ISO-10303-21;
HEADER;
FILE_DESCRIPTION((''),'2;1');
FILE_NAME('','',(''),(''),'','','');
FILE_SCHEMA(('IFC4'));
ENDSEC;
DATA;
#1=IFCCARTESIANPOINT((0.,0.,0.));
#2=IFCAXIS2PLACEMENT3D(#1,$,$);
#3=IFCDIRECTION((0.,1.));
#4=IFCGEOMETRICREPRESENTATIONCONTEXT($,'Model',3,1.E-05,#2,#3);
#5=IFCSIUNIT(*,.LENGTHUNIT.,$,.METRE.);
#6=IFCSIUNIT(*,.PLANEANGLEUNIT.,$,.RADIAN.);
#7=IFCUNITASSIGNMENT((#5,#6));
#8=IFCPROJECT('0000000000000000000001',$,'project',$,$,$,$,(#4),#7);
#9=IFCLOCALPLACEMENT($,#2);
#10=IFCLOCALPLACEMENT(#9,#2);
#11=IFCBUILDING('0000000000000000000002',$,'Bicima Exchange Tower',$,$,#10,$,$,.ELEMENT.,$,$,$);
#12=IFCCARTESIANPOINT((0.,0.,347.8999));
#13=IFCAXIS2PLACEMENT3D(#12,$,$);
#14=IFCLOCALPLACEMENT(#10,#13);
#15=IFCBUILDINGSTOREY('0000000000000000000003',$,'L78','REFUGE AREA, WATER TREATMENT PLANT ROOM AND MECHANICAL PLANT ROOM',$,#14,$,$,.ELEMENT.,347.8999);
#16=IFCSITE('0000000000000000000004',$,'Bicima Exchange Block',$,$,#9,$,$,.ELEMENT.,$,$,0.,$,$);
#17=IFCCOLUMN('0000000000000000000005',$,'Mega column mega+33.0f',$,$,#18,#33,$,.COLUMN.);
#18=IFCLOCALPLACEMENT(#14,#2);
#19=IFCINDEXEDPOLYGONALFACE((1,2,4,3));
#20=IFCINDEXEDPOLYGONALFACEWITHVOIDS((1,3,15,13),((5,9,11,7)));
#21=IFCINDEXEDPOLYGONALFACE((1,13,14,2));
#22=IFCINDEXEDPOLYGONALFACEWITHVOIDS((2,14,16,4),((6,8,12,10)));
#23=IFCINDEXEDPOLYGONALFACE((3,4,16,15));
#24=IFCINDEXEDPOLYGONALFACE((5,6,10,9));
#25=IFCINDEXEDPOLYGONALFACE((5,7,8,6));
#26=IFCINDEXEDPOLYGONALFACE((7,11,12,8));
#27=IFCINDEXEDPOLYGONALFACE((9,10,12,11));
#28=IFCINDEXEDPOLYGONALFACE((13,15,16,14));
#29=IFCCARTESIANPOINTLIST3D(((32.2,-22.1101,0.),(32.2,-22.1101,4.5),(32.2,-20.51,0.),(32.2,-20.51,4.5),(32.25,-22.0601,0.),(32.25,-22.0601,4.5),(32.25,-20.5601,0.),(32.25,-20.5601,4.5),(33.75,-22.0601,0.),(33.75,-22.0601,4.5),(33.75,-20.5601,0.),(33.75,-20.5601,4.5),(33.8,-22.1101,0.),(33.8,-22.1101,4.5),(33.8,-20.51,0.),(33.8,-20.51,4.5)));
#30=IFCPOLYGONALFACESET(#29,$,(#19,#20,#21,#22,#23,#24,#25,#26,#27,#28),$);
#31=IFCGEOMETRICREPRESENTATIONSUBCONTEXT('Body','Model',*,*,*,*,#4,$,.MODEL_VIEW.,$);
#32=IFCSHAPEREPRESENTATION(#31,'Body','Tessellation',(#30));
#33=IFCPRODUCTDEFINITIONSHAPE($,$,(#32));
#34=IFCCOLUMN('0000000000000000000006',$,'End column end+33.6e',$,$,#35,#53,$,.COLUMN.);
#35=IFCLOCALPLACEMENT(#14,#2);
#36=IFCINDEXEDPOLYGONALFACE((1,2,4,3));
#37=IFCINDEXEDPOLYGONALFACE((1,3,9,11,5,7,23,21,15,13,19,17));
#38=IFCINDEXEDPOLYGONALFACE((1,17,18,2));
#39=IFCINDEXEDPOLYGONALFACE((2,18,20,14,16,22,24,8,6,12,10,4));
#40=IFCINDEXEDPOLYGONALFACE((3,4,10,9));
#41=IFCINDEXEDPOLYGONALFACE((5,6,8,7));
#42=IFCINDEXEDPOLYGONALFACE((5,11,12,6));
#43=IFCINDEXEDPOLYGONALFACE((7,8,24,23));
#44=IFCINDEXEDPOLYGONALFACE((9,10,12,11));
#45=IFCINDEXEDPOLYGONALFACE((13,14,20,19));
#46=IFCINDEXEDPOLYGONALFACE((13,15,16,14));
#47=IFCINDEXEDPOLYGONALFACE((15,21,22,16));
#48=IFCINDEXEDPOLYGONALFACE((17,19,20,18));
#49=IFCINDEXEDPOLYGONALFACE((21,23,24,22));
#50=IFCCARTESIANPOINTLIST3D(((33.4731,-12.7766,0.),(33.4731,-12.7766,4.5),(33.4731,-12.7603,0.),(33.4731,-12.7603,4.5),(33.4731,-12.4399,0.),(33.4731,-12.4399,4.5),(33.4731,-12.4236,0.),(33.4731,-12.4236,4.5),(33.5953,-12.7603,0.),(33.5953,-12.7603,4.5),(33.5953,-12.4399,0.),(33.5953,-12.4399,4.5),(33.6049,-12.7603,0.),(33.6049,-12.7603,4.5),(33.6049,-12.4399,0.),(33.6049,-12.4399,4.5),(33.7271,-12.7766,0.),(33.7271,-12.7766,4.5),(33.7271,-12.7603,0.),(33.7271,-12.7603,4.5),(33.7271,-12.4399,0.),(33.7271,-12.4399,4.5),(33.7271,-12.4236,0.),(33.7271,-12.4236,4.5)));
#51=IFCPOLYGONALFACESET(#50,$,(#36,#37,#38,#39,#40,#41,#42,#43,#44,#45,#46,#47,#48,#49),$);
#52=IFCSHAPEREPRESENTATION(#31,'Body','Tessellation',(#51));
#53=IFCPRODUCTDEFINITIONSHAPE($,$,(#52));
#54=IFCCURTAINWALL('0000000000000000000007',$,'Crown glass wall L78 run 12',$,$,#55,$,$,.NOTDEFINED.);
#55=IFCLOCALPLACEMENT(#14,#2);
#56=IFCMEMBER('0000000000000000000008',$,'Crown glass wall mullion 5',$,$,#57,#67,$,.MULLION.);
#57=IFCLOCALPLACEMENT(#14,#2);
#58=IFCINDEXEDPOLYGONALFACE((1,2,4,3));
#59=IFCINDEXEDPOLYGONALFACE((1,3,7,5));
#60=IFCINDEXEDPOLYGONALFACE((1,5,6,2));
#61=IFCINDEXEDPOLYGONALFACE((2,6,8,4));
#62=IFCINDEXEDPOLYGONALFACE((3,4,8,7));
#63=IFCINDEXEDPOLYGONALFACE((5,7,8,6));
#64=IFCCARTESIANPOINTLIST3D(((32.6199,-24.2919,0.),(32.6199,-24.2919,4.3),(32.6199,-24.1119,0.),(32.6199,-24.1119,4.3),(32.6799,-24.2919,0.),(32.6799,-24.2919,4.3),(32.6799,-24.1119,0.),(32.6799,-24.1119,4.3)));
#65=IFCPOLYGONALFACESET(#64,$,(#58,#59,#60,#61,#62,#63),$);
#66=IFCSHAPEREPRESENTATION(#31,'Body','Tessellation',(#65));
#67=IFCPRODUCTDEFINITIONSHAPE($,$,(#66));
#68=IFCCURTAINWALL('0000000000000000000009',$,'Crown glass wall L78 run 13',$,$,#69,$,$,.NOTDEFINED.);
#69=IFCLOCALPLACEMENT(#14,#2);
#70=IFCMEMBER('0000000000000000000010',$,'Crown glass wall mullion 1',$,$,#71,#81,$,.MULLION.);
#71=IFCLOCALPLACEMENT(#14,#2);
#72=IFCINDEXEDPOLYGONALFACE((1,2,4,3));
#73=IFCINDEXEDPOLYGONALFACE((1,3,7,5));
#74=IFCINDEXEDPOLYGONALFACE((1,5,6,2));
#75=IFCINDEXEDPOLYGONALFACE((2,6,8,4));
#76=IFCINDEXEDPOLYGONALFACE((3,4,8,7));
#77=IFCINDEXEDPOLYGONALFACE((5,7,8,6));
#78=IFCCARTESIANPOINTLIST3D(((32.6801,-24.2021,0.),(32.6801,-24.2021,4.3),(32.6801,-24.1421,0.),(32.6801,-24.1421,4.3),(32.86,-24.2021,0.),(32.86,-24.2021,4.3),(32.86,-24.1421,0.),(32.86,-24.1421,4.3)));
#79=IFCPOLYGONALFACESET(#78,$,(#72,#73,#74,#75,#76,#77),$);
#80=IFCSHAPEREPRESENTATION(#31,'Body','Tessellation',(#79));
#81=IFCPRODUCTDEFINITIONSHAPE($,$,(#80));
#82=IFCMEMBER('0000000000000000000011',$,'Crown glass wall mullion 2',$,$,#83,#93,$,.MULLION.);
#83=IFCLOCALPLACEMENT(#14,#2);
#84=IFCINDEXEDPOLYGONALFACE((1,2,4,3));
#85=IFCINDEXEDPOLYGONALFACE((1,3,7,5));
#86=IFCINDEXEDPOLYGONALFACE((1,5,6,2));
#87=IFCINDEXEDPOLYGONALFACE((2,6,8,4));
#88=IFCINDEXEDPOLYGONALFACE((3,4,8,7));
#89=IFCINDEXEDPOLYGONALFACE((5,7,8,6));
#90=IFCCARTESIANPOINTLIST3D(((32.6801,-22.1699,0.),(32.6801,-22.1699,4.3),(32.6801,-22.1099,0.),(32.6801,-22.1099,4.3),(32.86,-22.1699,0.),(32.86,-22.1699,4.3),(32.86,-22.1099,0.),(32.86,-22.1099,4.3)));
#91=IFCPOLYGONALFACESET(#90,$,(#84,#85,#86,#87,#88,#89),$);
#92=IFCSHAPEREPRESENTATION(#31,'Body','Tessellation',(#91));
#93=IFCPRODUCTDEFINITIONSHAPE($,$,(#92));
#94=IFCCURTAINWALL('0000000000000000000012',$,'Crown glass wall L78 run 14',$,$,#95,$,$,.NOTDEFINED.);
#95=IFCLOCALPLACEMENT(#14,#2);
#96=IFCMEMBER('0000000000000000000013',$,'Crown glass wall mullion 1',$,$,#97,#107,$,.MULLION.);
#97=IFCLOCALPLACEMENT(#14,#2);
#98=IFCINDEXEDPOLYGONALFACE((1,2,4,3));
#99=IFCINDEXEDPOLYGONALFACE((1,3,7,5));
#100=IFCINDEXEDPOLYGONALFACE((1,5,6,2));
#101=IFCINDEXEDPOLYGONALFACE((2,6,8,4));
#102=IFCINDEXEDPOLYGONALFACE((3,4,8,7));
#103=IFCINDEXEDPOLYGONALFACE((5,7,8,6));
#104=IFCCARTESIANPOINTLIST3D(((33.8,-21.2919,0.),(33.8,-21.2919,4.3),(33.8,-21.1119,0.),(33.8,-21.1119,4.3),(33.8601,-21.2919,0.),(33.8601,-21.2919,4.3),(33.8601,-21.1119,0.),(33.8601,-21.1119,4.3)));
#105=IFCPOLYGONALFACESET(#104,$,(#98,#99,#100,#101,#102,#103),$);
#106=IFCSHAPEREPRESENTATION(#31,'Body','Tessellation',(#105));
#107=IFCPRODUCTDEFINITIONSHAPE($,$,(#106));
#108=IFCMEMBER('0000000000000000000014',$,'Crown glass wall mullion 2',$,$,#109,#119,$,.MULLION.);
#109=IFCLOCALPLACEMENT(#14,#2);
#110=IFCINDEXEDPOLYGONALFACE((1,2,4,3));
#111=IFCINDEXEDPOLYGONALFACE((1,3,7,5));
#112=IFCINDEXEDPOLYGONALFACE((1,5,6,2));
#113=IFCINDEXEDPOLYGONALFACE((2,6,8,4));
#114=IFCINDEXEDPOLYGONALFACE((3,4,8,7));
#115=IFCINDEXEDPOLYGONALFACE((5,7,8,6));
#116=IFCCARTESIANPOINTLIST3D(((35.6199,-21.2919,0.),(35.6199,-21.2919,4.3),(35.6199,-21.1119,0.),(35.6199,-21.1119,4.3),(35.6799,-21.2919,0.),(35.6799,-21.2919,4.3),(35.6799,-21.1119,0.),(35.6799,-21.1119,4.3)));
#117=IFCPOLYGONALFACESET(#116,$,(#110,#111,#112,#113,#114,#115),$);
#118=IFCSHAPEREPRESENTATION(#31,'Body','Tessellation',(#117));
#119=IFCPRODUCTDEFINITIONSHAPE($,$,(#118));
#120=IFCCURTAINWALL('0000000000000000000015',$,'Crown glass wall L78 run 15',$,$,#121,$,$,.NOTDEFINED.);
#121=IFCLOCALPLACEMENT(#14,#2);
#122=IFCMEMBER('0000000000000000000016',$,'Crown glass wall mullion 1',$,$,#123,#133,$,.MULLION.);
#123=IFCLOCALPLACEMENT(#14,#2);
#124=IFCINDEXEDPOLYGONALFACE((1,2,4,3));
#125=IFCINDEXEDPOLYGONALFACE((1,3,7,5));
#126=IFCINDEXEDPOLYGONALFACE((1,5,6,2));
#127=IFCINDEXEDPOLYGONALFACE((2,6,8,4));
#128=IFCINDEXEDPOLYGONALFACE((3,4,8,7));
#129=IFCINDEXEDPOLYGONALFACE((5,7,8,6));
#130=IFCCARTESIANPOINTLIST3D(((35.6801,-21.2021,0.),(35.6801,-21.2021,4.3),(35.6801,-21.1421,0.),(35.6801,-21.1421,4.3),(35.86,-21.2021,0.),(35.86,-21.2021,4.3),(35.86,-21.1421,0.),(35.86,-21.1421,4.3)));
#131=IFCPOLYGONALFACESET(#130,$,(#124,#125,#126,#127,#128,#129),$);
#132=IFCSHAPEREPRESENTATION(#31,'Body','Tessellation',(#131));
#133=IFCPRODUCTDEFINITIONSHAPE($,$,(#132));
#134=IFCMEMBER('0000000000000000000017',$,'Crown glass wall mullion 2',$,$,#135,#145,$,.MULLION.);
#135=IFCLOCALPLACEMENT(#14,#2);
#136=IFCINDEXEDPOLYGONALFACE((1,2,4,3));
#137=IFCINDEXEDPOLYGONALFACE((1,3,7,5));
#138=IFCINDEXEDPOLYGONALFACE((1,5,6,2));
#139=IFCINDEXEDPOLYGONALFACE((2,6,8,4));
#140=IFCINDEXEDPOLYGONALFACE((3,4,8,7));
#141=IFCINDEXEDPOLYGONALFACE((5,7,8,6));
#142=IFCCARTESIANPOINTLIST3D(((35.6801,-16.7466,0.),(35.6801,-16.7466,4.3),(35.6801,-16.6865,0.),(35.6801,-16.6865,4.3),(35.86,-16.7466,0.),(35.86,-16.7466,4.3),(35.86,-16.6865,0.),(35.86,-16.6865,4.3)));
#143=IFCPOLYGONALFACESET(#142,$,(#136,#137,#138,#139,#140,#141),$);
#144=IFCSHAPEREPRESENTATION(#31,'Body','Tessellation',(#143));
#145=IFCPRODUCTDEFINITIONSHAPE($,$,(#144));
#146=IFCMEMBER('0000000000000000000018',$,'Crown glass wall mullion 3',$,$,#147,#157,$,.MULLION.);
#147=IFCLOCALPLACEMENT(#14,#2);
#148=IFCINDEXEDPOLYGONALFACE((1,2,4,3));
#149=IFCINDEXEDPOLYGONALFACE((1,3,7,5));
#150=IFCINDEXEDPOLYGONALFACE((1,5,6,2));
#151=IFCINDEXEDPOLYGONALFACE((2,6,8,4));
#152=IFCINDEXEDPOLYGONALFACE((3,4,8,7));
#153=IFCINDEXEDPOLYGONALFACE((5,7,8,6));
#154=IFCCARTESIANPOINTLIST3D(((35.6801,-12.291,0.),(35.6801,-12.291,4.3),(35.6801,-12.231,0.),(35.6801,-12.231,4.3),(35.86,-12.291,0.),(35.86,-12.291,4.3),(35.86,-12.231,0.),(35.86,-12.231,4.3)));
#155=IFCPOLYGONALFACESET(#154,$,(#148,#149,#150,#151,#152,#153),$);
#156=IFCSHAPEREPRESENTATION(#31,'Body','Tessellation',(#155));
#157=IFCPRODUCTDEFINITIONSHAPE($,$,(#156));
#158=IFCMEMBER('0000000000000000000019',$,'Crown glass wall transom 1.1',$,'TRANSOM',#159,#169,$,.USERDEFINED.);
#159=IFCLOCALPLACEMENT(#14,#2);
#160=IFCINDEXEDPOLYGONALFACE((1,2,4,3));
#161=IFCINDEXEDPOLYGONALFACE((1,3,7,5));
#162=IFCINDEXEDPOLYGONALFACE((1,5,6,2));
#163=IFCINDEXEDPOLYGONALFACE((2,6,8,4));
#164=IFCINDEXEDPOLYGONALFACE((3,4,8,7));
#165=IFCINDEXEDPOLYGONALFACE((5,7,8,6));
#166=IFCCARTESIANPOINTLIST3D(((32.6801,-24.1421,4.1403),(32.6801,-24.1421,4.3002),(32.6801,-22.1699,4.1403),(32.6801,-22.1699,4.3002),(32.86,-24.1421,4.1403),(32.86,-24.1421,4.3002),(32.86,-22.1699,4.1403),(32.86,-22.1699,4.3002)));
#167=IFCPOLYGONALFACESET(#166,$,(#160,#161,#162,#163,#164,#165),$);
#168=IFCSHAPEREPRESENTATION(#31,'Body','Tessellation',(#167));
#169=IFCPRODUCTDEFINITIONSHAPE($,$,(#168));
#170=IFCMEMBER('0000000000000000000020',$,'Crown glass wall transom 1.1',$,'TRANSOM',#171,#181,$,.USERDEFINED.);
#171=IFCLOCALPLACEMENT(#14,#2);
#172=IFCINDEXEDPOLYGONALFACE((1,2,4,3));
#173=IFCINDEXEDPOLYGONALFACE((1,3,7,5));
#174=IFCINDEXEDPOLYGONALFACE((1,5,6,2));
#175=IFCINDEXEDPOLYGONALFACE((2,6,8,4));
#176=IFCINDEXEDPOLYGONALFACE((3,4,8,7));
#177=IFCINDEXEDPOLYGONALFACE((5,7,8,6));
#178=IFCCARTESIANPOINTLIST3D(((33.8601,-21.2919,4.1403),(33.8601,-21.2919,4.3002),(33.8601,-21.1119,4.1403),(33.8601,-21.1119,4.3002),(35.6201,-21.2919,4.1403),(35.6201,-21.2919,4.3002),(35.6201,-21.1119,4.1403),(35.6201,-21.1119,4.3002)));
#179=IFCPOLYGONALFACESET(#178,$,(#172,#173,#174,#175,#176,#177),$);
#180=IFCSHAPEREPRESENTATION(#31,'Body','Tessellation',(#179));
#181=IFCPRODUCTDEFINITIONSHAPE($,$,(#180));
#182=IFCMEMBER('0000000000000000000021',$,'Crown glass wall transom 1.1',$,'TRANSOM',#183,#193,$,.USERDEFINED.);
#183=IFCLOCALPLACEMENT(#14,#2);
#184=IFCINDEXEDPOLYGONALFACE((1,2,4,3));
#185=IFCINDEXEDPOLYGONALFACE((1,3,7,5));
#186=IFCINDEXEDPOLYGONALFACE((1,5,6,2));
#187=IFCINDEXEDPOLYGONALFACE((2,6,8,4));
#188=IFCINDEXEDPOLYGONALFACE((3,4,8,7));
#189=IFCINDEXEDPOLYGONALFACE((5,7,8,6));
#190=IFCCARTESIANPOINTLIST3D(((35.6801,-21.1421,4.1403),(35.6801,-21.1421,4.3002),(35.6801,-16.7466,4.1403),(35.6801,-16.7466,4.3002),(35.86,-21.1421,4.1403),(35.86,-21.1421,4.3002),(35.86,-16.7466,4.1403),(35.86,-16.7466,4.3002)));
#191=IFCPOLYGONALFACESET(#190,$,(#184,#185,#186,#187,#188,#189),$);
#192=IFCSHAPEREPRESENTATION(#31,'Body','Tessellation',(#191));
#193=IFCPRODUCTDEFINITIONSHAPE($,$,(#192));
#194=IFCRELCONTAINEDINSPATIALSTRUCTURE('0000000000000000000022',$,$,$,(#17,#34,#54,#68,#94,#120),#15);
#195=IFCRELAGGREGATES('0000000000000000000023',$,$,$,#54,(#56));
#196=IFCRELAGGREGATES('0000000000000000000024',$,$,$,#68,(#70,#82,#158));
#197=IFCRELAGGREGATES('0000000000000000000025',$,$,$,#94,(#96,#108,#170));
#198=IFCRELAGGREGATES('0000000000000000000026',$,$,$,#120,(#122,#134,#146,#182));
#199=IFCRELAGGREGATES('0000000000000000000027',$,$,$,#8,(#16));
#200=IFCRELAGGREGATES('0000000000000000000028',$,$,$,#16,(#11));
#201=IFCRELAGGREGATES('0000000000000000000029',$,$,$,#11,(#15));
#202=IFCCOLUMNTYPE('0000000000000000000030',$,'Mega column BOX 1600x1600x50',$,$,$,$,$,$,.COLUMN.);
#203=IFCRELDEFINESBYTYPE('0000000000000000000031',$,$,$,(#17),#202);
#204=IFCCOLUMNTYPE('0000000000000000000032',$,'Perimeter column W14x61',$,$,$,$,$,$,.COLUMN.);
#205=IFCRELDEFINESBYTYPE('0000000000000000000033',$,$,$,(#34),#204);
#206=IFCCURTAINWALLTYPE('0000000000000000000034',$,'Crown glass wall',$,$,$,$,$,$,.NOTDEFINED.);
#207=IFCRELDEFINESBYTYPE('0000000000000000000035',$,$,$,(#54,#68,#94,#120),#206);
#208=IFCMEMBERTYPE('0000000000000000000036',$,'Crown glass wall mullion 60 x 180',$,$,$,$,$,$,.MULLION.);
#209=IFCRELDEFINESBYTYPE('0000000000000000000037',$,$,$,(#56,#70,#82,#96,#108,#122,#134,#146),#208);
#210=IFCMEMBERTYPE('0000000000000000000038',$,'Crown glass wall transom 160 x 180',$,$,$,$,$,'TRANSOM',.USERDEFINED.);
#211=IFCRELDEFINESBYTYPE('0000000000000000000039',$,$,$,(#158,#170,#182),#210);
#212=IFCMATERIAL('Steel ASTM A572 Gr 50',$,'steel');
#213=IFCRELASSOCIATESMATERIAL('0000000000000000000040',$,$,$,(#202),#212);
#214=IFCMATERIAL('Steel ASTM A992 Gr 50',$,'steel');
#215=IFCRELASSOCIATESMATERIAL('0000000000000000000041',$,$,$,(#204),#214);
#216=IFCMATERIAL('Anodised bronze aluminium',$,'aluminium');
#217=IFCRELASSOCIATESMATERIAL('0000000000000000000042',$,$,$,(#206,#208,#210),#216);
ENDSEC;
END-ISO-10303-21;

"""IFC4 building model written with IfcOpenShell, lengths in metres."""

from ifc_helpers import new_model, si_unit, direction, frame, origin, origin_2d, place, context, subcontext, project, spatial, rectangle, hollow_rectangle, i_section, extrude, material, material_profile, profile_set, type_object, element, aggregate, save


model = new_model("IFC4")

# Units and contexts
model_context = context("Model", 3, precision=1e-05, world=origin(), true_north=direction((0.0, 1.0)))
body_context = subcontext(model_context, "Body", "Model", "MODEL_VIEW")
ifc_project = project(units=[si_unit("LENGTHUNIT", "METRE"), si_unit("PLANEANGLEUNIT", "RADIAN")], contexts=[model_context])

# Site, building, storey
site_placement = place(None, origin())
site = spatial("IfcSite", under=ifc_project, at=site_placement, Name="Bicima Exchange Block", CompositionType="ELEMENT", RefElevation=0.0)
building_placement = place(site_placement, origin())
building = spatial("IfcBuilding", under=site, at=building_placement, Name="Bicima Exchange Tower", CompositionType="ELEMENT")
storey_placement = place(building_placement, frame((0.0, 0.0, 347.8999)))
storey = spatial("IfcBuildingStorey", under=building, at=storey_placement, Name="L78", Description="REFUGE AREA, WATER TREATMENT PLANT ROOM AND MECHANICAL PLANT ROOM", CompositionType="ELEMENT", Elevation=347.8999)

# Columns
ifc_material_1 = material(Name="Steel ASTM A572 Gr 50", Category="steel")
ifc_material_profile_1 = material_profile(ifc_material_1, hollow_rectangle(XDim=1.6001, YDim=1.6001, WallThickness=0.05, at=origin_2d()))
ifc_profile_set_1 = profile_set([ifc_material_profile_1], Name="Steel ASTM A572 Gr 50")
column_type_1 = type_object("IfcColumnType", Name="Mega column BOX 1600x1600x50", PredefinedType="COLUMN", material=ifc_profile_set_1)
column_1_placement = place(storey_placement, frame((33.0, -21.3101, 0.0), z_axis=(0.0, 0.0, 1.0), x_axis=(1.0, 0.0, 0.0)))
element("IfcColumn", 1, at=column_1_placement, inside=storey, type_object=column_type_1, Name="Mega column mega+33.0f", PredefinedType="COLUMN", context=body_context, shape_type="SweptSolid", body=[
    extrude(hollow_rectangle(XDim=1.6001, YDim=1.6001, WallThickness=0.05, at=origin_2d()), origin(), (0.0, 0.0, 1.0), 4.5),
])
ifc_material_2 = material(Name="Steel ASTM A992 Gr 50", Category="steel")
ifc_material_profile_2 = material_profile(ifc_material_2, i_section(OverallWidth=0.2539, OverallDepth=0.353, WebThickness=0.0095, FlangeThickness=0.0164, at=origin_2d()))
ifc_profile_set_2 = profile_set([ifc_material_profile_2], Name="Steel ASTM A992 Gr 50")
column_type_2 = type_object("IfcColumnType", Name="Perimeter column W14x61", PredefinedType="COLUMN", material=ifc_profile_set_2)
column_2_placement = place(storey_placement, frame((33.6001, -12.6001, 0.0), z_axis=(0.0, 0.0, 1.0), x_axis=(1.0, 0.0, 0.0)))
element("IfcColumn", 2, at=column_2_placement, inside=storey, type_object=column_type_2, Name="End column end+33.6e", PredefinedType="COLUMN", context=body_context, shape_type="SweptSolid", body=[
    extrude(i_section(OverallWidth=0.2539, OverallDepth=0.353, WebThickness=0.0095, FlangeThickness=0.0164, at=origin_2d()), origin(), (0.0, 0.0, 1.0), 4.5),
])

# Curtain wall, member
ifc_material_3 = material(Name="Anodised bronze aluminium", Category="aluminium")
curtain_wall_type = type_object("IfcCurtainWallType", Name="Crown glass wall", PredefinedType="NOTDEFINED", material=ifc_material_3)
curtain_wall_1_placement = place(storey_placement, origin())
curtain_wall_1 = element("IfcCurtainWall", 3, at=curtain_wall_1_placement, inside=storey, type_object=curtain_wall_type, Name="Crown glass wall L78 run 12", PredefinedType="NOTDEFINED")
ifc_material_profile_3 = material_profile(ifc_material_3, rectangle(XDim=0.1799, YDim=0.0601, at=origin_2d()))
ifc_profile_set_3 = profile_set([ifc_material_profile_3], Name="Anodised bronze aluminium")
member_type_1 = type_object("IfcMemberType", Name="Crown glass wall mullion 60 x 180", PredefinedType="MULLION", material=ifc_profile_set_3)
member_1_placement = place(storey_placement, frame((32.6499, -24.2019, 0.0), z_axis=(0.0, 0.0, 1.0), x_axis=(0.0, 1.0, 0.0)))
member_1 = element("IfcMember", 4, at=member_1_placement, type_object=member_type_1, Name="Crown glass wall mullion 5", PredefinedType="MULLION", context=body_context, shape_type="SweptSolid", body=[
    extrude(rectangle(XDim=0.1799, YDim=0.0601, at=origin_2d()), origin(), (0.0, 0.0, 1.0), 4.3),
])

# Curtain walls, members
curtain_wall_2_placement = place(storey_placement, origin())
curtain_wall_2 = element("IfcCurtainWall", 5, at=curtain_wall_2_placement, inside=storey, type_object=curtain_wall_type, Name="Crown glass wall L78 run 13", PredefinedType="NOTDEFINED")
member_2_placement = place(storey_placement, frame((32.77, -24.1721, 0.0), z_axis=(0.0, 0.0, 1.0), x_axis=(-1.0, 0.0, 0.0)))
member_2 = element("IfcMember", 6, at=member_2_placement, type_object=member_type_1, Name="Crown glass wall mullion 1", PredefinedType="MULLION", context=body_context, shape_type="SweptSolid", body=[
    extrude(rectangle(XDim=0.1799, YDim=0.0601, at=origin_2d()), origin(), (0.0, 0.0, 1.0), 4.3),
])
member_3_placement = place(storey_placement, frame((32.77, -22.1399, 0.0), z_axis=(0.0, 0.0, 1.0), x_axis=(-1.0, 0.0, 0.0)))
member_3 = element("IfcMember", 7, at=member_3_placement, type_object=member_type_1, Name="Crown glass wall mullion 2", PredefinedType="MULLION", context=body_context, shape_type="SweptSolid", body=[
    extrude(rectangle(XDim=0.1799, YDim=0.0601, at=origin_2d()), origin(), (0.0, 0.0, 1.0), 4.3),
])
curtain_wall_3_placement = place(storey_placement, origin())
curtain_wall_3 = element("IfcCurtainWall", 8, at=curtain_wall_3_placement, inside=storey, type_object=curtain_wall_type, Name="Crown glass wall L78 run 14", PredefinedType="NOTDEFINED")
member_4_placement = place(storey_placement, frame((33.8301, -21.2019, 0.0), z_axis=(0.0, 0.0, 1.0), x_axis=(0.0, 1.0, 0.0)))
member_4 = element("IfcMember", 9, at=member_4_placement, type_object=member_type_1, Name="Crown glass wall mullion 1", PredefinedType="MULLION", context=body_context, shape_type="SweptSolid", body=[
    extrude(rectangle(XDim=0.1799, YDim=0.0601, at=origin_2d()), origin(), (0.0, 0.0, 1.0), 4.3),
])
member_5_placement = place(storey_placement, frame((35.6499, -21.2019, 0.0), z_axis=(0.0, 0.0, 1.0), x_axis=(0.0, 1.0, 0.0)))
member_5 = element("IfcMember", 10, at=member_5_placement, type_object=member_type_1, Name="Crown glass wall mullion 2", PredefinedType="MULLION", context=body_context, shape_type="SweptSolid", body=[
    extrude(rectangle(XDim=0.1799, YDim=0.0601, at=origin_2d()), origin(), (0.0, 0.0, 1.0), 4.3),
])
curtain_wall_4_placement = place(storey_placement, origin())
curtain_wall_4 = element("IfcCurtainWall", 11, at=curtain_wall_4_placement, inside=storey, type_object=curtain_wall_type, Name="Crown glass wall L78 run 15", PredefinedType="NOTDEFINED")
member_6_placement = place(storey_placement, frame((35.77, -21.1721, 0.0), z_axis=(0.0, 0.0, 1.0), x_axis=(-1.0, 0.0, 0.0)))
member_6 = element("IfcMember", 12, at=member_6_placement, type_object=member_type_1, Name="Crown glass wall mullion 1", PredefinedType="MULLION", context=body_context, shape_type="SweptSolid", body=[
    extrude(rectangle(XDim=0.1799, YDim=0.0601, at=origin_2d()), origin(), (0.0, 0.0, 1.0), 4.3),
])
member_7_placement = place(storey_placement, frame((35.77, -16.7166, 0.0), z_axis=(0.0, 0.0, 1.0), x_axis=(-1.0, 0.0, 0.0)))
member_7 = element("IfcMember", 13, at=member_7_placement, type_object=member_type_1, Name="Crown glass wall mullion 2", PredefinedType="MULLION", context=body_context, shape_type="SweptSolid", body=[
    extrude(rectangle(XDim=0.1799, YDim=0.0601, at=origin_2d()), origin(), (0.0, 0.0, 1.0), 4.3),
])
member_8_placement = place(storey_placement, frame((35.77, -12.261, 0.0), z_axis=(0.0, 0.0, 1.0), x_axis=(-1.0, 0.0, 0.0)))
member_8 = element("IfcMember", 14, at=member_8_placement, type_object=member_type_1, Name="Crown glass wall mullion 3", PredefinedType="MULLION", context=body_context, shape_type="SweptSolid", body=[
    extrude(rectangle(XDim=0.1799, YDim=0.0601, at=origin_2d()), origin(), (0.0, 0.0, 1.0), 4.3),
])

# Members
ifc_material_profile_4 = material_profile(ifc_material_3, rectangle(XDim=0.1799, YDim=0.1599, at=origin_2d()))
ifc_profile_set_4 = profile_set([ifc_material_profile_4], Name="Anodised bronze aluminium")
member_type_2 = type_object("IfcMemberType", Name="Crown glass wall transom 160 x 180", ElementType="TRANSOM", PredefinedType="USERDEFINED", material=ifc_profile_set_4)
member_9_placement = place(storey_placement, frame((32.77, -24.1421, 4.2202), z_axis=(0.0, 1.0, 0.0), x_axis=(-1.0, 0.0, 0.0)))
member_9 = element("IfcMember", 15, at=member_9_placement, type_object=member_type_2, Name="Crown glass wall transom 1.1", ObjectType="TRANSOM", PredefinedType="USERDEFINED", context=body_context, shape_type="SweptSolid", body=[
    extrude(rectangle(XDim=0.1799, YDim=0.1599, at=origin_2d()), origin(), (0.0, 0.0, 1.0), 1.9722),
])
member_10_placement = place(storey_placement, frame((33.8601, -21.2019, 4.2202), z_axis=(1.0, 0.0, 0.0), x_axis=(0.0, 1.0, 0.0)))
member_10 = element("IfcMember", 16, at=member_10_placement, type_object=member_type_2, Name="Crown glass wall transom 1.1", ObjectType="TRANSOM", PredefinedType="USERDEFINED", context=body_context, shape_type="SweptSolid", body=[
    extrude(rectangle(XDim=0.1799, YDim=0.1599, at=origin_2d()), origin(), (0.0, 0.0, 1.0), 1.76),
])
member_11_placement = place(storey_placement, frame((35.77, -21.1421, 4.2202), z_axis=(0.0, 1.0, 0.0), x_axis=(-1.0, 0.0, 0.0)))
member_11 = element("IfcMember", 17, at=member_11_placement, type_object=member_type_2, Name="Crown glass wall transom 1.1", ObjectType="TRANSOM", PredefinedType="USERDEFINED", context=body_context, shape_type="SweptSolid", body=[
    extrude(rectangle(XDim=0.1799, YDim=0.1599, at=origin_2d()), origin(), (0.0, 0.0, 1.0), 4.3955),
])

aggregate(curtain_wall_1, [member_1])
aggregate(curtain_wall_2, [member_2, member_3, member_9])
aggregate(curtain_wall_3, [member_4, member_5, member_10])
aggregate(curtain_wall_4, [member_6, member_7, member_8, member_11])

save(model, "model.ifc")
